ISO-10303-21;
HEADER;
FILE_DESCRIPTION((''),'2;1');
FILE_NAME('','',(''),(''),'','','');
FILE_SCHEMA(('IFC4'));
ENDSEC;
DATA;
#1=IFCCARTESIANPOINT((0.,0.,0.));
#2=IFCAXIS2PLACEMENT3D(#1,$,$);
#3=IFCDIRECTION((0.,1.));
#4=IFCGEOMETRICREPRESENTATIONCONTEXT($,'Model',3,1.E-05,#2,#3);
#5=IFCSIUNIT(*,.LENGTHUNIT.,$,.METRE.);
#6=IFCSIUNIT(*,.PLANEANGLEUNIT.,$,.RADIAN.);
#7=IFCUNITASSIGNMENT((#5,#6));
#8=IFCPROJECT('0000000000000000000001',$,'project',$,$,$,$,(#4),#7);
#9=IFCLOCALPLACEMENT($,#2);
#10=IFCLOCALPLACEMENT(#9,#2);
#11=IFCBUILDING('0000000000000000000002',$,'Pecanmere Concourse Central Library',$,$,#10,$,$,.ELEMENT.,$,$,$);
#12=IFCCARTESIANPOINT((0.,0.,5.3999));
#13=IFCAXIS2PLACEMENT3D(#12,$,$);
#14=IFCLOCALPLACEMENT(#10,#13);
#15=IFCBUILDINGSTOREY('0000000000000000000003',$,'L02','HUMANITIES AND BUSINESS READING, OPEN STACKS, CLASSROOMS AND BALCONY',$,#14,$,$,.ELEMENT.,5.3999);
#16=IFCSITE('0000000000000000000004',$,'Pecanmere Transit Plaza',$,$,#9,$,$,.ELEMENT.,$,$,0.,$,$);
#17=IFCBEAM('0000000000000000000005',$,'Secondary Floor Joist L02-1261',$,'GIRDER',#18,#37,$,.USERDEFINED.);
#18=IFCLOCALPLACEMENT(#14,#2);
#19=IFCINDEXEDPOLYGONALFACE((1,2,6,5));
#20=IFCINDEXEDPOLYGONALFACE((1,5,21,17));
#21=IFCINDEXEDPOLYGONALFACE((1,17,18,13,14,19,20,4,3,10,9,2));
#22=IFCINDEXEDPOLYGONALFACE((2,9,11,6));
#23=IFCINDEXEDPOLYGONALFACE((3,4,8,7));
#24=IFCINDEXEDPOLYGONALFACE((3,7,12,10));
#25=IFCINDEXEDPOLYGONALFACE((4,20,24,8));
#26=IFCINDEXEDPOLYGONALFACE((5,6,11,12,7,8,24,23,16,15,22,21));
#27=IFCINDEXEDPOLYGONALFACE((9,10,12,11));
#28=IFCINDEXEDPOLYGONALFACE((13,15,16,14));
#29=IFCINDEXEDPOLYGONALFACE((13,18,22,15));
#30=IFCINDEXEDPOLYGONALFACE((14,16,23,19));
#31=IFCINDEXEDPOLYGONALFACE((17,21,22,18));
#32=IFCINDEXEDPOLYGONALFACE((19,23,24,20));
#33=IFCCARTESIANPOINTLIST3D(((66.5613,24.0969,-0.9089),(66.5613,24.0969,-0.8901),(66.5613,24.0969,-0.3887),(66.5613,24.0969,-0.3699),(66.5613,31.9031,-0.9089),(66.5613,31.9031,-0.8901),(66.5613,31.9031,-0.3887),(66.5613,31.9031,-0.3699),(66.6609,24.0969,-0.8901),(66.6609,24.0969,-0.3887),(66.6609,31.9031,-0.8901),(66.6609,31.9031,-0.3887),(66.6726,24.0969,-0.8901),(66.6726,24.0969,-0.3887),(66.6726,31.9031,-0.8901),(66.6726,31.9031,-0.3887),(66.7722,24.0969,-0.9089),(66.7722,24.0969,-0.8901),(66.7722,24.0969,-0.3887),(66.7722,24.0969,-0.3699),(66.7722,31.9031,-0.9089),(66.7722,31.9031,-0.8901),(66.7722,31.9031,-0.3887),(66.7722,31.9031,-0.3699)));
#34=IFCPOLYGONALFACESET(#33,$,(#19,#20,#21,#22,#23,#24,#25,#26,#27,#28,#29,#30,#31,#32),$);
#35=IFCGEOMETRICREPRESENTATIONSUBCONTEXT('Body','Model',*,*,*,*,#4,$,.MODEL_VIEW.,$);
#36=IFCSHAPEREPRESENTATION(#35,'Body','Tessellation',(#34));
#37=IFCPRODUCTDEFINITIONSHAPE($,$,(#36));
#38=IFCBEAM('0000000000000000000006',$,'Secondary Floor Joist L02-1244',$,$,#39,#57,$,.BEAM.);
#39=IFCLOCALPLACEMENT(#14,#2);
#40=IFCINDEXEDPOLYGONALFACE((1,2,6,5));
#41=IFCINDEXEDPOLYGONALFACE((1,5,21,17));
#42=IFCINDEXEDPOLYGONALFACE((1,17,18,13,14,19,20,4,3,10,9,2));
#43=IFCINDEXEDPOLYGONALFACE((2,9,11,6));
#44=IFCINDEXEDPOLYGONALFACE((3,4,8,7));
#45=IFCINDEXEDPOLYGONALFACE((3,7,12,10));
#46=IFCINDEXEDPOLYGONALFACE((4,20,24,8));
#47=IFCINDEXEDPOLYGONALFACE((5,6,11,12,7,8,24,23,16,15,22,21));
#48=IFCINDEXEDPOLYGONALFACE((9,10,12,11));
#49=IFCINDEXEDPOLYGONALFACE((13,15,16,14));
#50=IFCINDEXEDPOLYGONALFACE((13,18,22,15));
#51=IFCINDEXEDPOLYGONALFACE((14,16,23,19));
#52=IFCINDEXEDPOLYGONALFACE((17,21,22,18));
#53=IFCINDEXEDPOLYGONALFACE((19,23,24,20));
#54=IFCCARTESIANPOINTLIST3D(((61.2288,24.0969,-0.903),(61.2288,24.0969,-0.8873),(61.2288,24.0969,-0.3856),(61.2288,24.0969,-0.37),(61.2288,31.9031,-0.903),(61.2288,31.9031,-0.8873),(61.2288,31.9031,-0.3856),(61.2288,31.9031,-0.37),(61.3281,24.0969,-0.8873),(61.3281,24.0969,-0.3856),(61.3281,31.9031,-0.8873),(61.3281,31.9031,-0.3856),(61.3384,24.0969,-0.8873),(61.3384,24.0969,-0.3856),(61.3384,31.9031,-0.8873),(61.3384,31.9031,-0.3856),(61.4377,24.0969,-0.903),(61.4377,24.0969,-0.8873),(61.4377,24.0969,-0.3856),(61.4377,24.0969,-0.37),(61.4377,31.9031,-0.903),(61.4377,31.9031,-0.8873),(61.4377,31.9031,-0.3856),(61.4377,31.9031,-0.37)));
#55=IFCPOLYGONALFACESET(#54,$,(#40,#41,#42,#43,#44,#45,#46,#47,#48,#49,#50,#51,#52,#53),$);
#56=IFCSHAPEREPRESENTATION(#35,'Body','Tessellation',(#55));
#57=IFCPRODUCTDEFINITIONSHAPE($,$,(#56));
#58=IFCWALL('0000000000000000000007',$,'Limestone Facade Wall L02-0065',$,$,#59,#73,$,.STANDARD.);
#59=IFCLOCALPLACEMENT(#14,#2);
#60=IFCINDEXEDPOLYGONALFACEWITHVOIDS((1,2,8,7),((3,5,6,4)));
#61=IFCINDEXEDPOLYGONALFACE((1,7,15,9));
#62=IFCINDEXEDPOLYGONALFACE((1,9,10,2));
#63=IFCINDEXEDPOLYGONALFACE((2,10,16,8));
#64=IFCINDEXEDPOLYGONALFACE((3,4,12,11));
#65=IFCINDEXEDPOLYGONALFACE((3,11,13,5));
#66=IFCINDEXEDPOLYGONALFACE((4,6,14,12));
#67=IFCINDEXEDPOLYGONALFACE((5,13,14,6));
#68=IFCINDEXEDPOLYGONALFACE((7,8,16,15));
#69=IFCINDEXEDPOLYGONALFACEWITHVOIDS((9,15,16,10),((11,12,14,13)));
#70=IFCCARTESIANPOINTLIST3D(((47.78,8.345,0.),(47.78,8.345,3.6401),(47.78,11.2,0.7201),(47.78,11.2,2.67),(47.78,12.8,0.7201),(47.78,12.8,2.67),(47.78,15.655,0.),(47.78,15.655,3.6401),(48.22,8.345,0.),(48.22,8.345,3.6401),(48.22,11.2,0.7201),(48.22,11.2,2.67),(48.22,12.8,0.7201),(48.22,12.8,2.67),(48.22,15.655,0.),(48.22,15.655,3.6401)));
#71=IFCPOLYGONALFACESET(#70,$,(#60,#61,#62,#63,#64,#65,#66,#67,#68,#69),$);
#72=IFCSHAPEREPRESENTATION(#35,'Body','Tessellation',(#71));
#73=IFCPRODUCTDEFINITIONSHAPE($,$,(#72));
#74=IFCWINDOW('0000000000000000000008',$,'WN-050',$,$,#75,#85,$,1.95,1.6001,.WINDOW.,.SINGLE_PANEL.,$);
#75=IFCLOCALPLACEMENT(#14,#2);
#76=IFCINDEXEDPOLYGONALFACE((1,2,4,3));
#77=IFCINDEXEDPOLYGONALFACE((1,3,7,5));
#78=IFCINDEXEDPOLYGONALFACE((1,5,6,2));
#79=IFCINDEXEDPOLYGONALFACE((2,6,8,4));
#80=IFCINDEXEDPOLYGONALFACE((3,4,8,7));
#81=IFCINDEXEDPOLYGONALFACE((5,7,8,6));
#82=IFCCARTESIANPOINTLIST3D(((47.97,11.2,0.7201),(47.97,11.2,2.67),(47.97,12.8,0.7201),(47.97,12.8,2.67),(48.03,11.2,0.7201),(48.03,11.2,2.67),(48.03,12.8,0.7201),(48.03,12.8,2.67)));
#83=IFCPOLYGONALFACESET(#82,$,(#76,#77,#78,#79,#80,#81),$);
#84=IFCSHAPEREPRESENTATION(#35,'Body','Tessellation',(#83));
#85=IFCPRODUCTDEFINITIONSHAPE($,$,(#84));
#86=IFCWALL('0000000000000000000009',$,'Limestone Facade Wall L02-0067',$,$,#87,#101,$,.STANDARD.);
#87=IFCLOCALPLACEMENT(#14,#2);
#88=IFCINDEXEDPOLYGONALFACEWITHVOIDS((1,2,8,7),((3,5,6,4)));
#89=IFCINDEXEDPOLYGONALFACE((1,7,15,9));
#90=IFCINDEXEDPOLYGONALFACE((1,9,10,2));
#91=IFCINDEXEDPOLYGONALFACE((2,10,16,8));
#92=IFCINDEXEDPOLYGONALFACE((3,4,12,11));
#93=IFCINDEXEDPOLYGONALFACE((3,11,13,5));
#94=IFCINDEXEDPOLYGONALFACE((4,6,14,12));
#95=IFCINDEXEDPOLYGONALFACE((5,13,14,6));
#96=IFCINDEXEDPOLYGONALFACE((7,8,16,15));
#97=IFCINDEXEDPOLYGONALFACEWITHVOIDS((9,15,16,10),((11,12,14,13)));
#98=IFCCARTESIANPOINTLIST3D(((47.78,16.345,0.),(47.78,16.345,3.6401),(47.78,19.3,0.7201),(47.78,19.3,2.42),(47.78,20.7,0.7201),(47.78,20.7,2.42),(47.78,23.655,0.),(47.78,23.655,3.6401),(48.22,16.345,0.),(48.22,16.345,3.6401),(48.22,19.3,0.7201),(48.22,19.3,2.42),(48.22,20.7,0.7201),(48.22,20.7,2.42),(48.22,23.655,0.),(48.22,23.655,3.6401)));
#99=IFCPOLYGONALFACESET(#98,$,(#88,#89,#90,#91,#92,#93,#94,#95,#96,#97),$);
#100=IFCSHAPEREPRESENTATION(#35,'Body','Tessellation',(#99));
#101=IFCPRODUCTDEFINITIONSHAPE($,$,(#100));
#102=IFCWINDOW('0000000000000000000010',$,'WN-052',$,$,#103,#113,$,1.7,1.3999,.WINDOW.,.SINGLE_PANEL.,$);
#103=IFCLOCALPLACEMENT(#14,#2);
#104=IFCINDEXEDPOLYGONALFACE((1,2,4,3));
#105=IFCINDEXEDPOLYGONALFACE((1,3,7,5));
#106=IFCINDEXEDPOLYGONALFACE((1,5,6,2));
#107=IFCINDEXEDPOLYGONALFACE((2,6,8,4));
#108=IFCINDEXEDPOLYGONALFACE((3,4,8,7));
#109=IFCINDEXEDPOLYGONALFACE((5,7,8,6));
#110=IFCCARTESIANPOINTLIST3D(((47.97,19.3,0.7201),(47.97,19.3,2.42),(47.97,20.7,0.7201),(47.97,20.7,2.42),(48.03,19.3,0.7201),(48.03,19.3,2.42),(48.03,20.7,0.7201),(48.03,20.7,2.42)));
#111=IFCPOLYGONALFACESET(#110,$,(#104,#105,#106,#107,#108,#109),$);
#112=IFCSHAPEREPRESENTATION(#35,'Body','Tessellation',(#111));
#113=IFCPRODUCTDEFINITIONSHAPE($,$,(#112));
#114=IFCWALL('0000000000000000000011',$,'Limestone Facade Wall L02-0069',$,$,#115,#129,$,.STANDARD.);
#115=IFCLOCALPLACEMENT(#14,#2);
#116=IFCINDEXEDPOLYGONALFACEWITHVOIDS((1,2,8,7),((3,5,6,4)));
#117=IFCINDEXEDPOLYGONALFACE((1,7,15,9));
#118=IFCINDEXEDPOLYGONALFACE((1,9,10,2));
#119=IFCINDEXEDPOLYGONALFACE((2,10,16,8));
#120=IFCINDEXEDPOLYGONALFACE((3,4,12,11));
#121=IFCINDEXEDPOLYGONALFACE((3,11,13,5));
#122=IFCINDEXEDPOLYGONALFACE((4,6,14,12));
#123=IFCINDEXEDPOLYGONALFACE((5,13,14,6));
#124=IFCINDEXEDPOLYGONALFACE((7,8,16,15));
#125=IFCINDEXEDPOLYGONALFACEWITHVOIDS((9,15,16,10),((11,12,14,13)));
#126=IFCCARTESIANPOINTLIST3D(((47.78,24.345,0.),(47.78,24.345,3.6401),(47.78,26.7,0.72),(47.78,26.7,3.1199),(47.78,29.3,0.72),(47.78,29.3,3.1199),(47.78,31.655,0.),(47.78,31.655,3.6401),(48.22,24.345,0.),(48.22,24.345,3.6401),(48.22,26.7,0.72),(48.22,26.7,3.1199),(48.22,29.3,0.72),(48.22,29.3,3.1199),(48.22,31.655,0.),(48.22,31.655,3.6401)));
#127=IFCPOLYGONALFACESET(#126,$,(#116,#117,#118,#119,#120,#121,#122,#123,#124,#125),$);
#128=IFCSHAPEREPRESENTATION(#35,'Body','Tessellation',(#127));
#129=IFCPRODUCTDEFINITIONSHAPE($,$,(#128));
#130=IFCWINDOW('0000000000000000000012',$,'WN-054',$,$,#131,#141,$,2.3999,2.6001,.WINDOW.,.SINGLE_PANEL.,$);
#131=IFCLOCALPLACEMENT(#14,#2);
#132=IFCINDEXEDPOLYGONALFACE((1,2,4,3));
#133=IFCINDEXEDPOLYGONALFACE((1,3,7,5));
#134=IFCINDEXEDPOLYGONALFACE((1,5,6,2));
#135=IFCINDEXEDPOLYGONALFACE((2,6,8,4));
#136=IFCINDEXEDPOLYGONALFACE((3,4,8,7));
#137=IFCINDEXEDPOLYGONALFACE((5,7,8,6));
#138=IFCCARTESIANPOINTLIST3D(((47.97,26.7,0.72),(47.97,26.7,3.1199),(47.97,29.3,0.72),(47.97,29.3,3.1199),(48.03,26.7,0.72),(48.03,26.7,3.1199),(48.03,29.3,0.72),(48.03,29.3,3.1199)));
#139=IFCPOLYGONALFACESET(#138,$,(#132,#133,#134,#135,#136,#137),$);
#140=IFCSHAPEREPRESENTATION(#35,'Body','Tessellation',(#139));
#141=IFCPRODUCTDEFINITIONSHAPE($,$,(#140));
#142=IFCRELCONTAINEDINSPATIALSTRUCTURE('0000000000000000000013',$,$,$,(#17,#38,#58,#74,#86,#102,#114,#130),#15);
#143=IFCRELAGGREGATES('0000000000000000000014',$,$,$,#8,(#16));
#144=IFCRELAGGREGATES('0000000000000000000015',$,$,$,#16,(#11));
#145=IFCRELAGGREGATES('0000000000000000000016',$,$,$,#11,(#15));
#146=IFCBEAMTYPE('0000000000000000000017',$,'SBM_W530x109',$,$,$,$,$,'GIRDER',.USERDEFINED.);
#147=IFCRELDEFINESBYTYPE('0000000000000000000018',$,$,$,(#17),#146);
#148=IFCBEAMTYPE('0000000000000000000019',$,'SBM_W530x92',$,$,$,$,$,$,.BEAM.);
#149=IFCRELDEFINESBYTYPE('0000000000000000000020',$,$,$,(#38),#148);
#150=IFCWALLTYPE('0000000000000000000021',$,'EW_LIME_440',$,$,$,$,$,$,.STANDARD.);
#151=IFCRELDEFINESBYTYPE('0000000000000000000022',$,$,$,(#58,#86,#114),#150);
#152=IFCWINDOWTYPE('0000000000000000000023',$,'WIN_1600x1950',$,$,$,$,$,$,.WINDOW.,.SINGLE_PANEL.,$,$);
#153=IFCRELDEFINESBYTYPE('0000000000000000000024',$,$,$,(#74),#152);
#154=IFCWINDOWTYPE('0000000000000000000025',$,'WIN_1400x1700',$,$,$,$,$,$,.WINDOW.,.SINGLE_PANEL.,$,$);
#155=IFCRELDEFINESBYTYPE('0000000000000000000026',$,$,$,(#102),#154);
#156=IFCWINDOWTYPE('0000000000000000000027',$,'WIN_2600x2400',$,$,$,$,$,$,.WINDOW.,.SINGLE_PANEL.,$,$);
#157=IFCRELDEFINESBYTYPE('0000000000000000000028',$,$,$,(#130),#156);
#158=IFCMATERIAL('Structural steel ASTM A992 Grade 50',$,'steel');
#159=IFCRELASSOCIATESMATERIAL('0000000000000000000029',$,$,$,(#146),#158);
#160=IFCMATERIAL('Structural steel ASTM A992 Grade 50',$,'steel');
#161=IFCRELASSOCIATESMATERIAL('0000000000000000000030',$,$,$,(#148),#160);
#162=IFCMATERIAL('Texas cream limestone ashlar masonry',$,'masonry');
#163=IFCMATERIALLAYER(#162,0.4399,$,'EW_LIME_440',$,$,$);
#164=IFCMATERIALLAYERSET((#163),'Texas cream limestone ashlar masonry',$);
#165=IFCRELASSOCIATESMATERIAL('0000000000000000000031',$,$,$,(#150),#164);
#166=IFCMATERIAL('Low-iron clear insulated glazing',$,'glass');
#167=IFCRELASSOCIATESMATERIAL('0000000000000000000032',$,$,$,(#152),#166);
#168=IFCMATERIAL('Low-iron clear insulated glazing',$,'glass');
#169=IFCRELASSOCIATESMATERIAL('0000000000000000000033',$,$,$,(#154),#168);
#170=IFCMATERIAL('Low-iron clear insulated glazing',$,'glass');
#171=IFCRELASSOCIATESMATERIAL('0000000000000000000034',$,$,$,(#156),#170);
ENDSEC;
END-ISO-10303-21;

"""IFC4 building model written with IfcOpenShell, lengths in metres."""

from ifc_helpers import new_model, si_unit, direction, frame, frame_2d, origin, origin_2d, place, context, subcontext, project, spatial, rectangle, i_section, extrude, material, layer, layer_set, material_profile, profile_set, type_object, element, fill, save


model = new_model("IFC4")

# Units and contexts
model_context = context("Model", 3, precision=1e-05, world=origin(), true_north=direction((0.0, 1.0)))
body_context = subcontext(model_context, "Body", "Model", "MODEL_VIEW")
ifc_project = project(units=[si_unit("LENGTHUNIT", "METRE"), si_unit("PLANEANGLEUNIT", "RADIAN")], contexts=[model_context])

# Site, building, storey
site_placement = place(None, origin())
site = spatial("IfcSite", under=ifc_project, at=site_placement, Name="Pecanmere Transit Plaza", CompositionType="ELEMENT", RefElevation=0.0)
building_placement = place(site_placement, origin())
building = spatial("IfcBuilding", under=site, at=building_placement, Name="Pecanmere Concourse Central Library", CompositionType="ELEMENT")
storey_placement = place(building_placement, frame((0.0, 0.0, 5.3999)))
storey = spatial("IfcBuildingStorey", under=building, at=storey_placement, Name="L02", Description="HUMANITIES AND BUSINESS READING, OPEN STACKS, CLASSROOMS AND BALCONY", CompositionType="ELEMENT", Elevation=5.3999)

# Beams
ifc_material_1 = material(Name="Structural steel ASTM A992 Grade 50", Category="steel")
ifc_material_profile_1 = material_profile(ifc_material_1, i_section(OverallWidth=0.2109, OverallDepth=0.5391, WebThickness=0.0117, FlangeThickness=0.0188, at=origin_2d()), Name="W530x109")
ifc_profile_set_1 = profile_set([ifc_material_profile_1], Name="Structural steel ASTM A992 Grade 50")
beam_type_1 = type_object("IfcBeamType", Name="SBM_W530x109", ElementType="GIRDER", PredefinedType="USERDEFINED", material=ifc_profile_set_1)
beam_1_placement = place(storey_placement, frame((66.6667, 24.0969, -0.6394), z_axis=(0.0, 1.0, 0.0), x_axis=(-1.0, 0.0, 0.0)))
element("IfcBeam", 1, at=beam_1_placement, inside=storey, type_object=beam_type_1, Name="Secondary Floor Joist L02-1261", ObjectType="GIRDER", PredefinedType="USERDEFINED", context=body_context, shape_type="SweptSolid", body=[
    extrude(i_section(OverallWidth=0.2109, OverallDepth=0.5391, WebThickness=0.0117, FlangeThickness=0.0188, at=origin_2d()), origin(), (0.0, 0.0, 1.0), 7.8062),
])
ifc_material_2 = material(Name="Structural steel ASTM A992 Grade 50", Category="steel")
ifc_material_profile_2 = material_profile(ifc_material_2, i_section(OverallWidth=0.209, OverallDepth=0.533, WebThickness=0.0103, FlangeThickness=0.0156, at=origin_2d()), Name="W530x92")
ifc_profile_set_2 = profile_set([ifc_material_profile_2], Name="Structural steel ASTM A992 Grade 50")
beam_type_2 = type_object("IfcBeamType", Name="SBM_W530x92", PredefinedType="BEAM", material=ifc_profile_set_2)
beam_2_placement = place(storey_placement, frame((61.3333, 24.0969, -0.6365), z_axis=(0.0, 1.0, 0.0), x_axis=(-1.0, 0.0, 0.0)))
element("IfcBeam", 2, at=beam_2_placement, inside=storey, type_object=beam_type_2, Name="Secondary Floor Joist L02-1244", PredefinedType="BEAM", context=body_context, shape_type="SweptSolid", body=[
    extrude(i_section(OverallWidth=0.209, OverallDepth=0.533, WebThickness=0.0103, FlangeThickness=0.0156, at=origin_2d()), origin(), (0.0, 0.0, 1.0), 7.8062),
])

# Walls, openings, windows
ifc_material_3 = material(Name="Texas cream limestone ashlar masonry", Category="masonry")
ifc_layer = layer(ifc_material_3, 0.4399, Name="EW_LIME_440")
ifc_layer_set = layer_set([ifc_layer], Name="Texas cream limestone ashlar masonry")
wall_type = type_object("IfcWallType", Name="EW_LIME_440", PredefinedType="STANDARD", material=ifc_layer_set)
wall_1_placement = place(storey_placement, frame((48.0, 8.345, 0.0), z_axis=(0.0, 0.0, 1.0), x_axis=(0.0, 1.0, 0.0)))
wall_1 = element("IfcWall", 3, at=wall_1_placement, inside=storey, type_object=wall_type, Name="Limestone Facade Wall L02-0065", PredefinedType="STANDARD", context=body_context, shape_type="SweptSolid", body=[
    extrude(rectangle(XDim=7.3101, YDim=0.4399, at=frame_2d((3.655, 0.0))), origin(), (0.0, 0.0, 1.0), 3.6401),
])
opening_1_placement = place(wall_1_placement, frame((2.855, 0.0, 0.72)))
opening_1 = element("IfcOpeningElement", 4, at=opening_1_placement, cuts=wall_1, PredefinedType="OPENING", context=body_context, shape_type="SweptSolid", body=[
    extrude(rectangle(XDim=1.6001, YDim=1.95, at=frame_2d((0.8, 0.9751))), frame((0.0, 0.2319, 0.0), z_axis=(0.0, -1.0, 0.0), x_axis=(1.0, 0.0, 0.0)), (0.0, 0.0, 1.0), 0.4639),
])
ifc_material_4 = material(Name="Low-iron clear insulated glazing", Category="glass")
window_type_1 = type_object("IfcWindowType", Name="WIN_1600x1950", PartitioningType="SINGLE_PANEL", PredefinedType="WINDOW", material=ifc_material_4)
window_1_placement = place(opening_1_placement, origin())
window_1 = element("IfcWindow", 5, at=window_1_placement, inside=storey, type_object=window_type_1, Name="WN-050", OverallHeight=1.95, OverallWidth=1.6001, PartitioningType="SINGLE_PANEL", PredefinedType="WINDOW", context=body_context, shape_type="SweptSolid", body=[
    extrude(rectangle(XDim=1.6001, YDim=1.95, at=frame_2d((0.8, 0.9751))), frame((0.0, 0.03, 0.0), z_axis=(0.0, -1.0, 0.0), x_axis=(1.0, 0.0, 0.0)), (0.0, 0.0, 1.0), 0.0601),
])
fill(opening_1, window_1)
wall_2_placement = place(storey_placement, frame((48.0, 16.345, 0.0), z_axis=(0.0, 0.0, 1.0), x_axis=(0.0, 1.0, 0.0)))
wall_2 = element("IfcWall", 6, at=wall_2_placement, inside=storey, type_object=wall_type, Name="Limestone Facade Wall L02-0067", PredefinedType="STANDARD", context=body_context, shape_type="SweptSolid", body=[
    extrude(rectangle(XDim=7.3101, YDim=0.4399, at=frame_2d((3.655, 0.0))), origin(), (0.0, 0.0, 1.0), 3.6401),
])
opening_2_placement = place(wall_2_placement, frame((2.9551, 0.0, 0.72)))
opening_2 = element("IfcOpeningElement", 7, at=opening_2_placement, cuts=wall_2, PredefinedType="OPENING", context=body_context, shape_type="SweptSolid", body=[
    extrude(rectangle(XDim=1.3999, YDim=1.7, at=frame_2d((0.7, 0.8501))), frame((0.0, 0.2319, 0.0), z_axis=(0.0, -1.0, 0.0), x_axis=(1.0, 0.0, 0.0)), (0.0, 0.0, 1.0), 0.4639),
])
ifc_material_5 = material(Name="Low-iron clear insulated glazing", Category="glass")
window_type_2 = type_object("IfcWindowType", Name="WIN_1400x1700", PartitioningType="SINGLE_PANEL", PredefinedType="WINDOW", material=ifc_material_5)
window_2_placement = place(opening_2_placement, origin())
window_2 = element("IfcWindow", 8, at=window_2_placement, inside=storey, type_object=window_type_2, Name="WN-052", OverallHeight=1.7, OverallWidth=1.3999, PartitioningType="SINGLE_PANEL", PredefinedType="WINDOW", context=body_context, shape_type="SweptSolid", body=[
    extrude(rectangle(XDim=1.3999, YDim=1.7, at=frame_2d((0.7, 0.8501))), frame((0.0, 0.03, 0.0), z_axis=(0.0, -1.0, 0.0), x_axis=(1.0, 0.0, 0.0)), (0.0, 0.0, 1.0), 0.0601),
])
fill(opening_2, window_2)
wall_3_placement = place(storey_placement, frame((48.0, 24.345, 0.0), z_axis=(0.0, 0.0, 1.0), x_axis=(0.0, 1.0, 0.0)))
wall_3 = element("IfcWall", 9, at=wall_3_placement, inside=storey, type_object=wall_type, Name="Limestone Facade Wall L02-0069", PredefinedType="STANDARD", context=body_context, shape_type="SweptSolid", body=[
    extrude(rectangle(XDim=7.3101, YDim=0.4399, at=frame_2d((3.655, 0.0))), origin(), (0.0, 0.0, 1.0), 3.6401),
])
opening_3_placement = place(wall_3_placement, frame((2.355, 0.0, 0.72)))
opening_3 = element("IfcOpeningElement", 10, at=opening_3_placement, cuts=wall_3, PredefinedType="OPENING", context=body_context, shape_type="SweptSolid", body=[
    extrude(rectangle(XDim=2.6001, YDim=2.3999, at=frame_2d((1.3, 1.2))), frame((0.0, 0.2319, 0.0), z_axis=(0.0, -1.0, 0.0), x_axis=(1.0, 0.0, 0.0)), (0.0, 0.0, 1.0), 0.4639),
])
ifc_material_6 = material(Name="Low-iron clear insulated glazing", Category="glass")
window_type_3 = type_object("IfcWindowType", Name="WIN_2600x2400", PartitioningType="SINGLE_PANEL", PredefinedType="WINDOW", material=ifc_material_6)
window_3_placement = place(opening_3_placement, origin())
window_3 = element("IfcWindow", 11, at=window_3_placement, inside=storey, type_object=window_type_3, Name="WN-054", OverallHeight=2.3999, OverallWidth=2.6001, PartitioningType="SINGLE_PANEL", PredefinedType="WINDOW", context=body_context, shape_type="SweptSolid", body=[
    extrude(rectangle(XDim=2.6001, YDim=2.3999, at=frame_2d((1.3, 1.2))), frame((0.0, 0.03, 0.0), z_axis=(0.0, -1.0, 0.0), x_axis=(1.0, 0.0, 0.0)), (0.0, 0.0, 1.0), 0.0601),
])
fill(opening_3, window_3)

save(model, "model.ifc")
